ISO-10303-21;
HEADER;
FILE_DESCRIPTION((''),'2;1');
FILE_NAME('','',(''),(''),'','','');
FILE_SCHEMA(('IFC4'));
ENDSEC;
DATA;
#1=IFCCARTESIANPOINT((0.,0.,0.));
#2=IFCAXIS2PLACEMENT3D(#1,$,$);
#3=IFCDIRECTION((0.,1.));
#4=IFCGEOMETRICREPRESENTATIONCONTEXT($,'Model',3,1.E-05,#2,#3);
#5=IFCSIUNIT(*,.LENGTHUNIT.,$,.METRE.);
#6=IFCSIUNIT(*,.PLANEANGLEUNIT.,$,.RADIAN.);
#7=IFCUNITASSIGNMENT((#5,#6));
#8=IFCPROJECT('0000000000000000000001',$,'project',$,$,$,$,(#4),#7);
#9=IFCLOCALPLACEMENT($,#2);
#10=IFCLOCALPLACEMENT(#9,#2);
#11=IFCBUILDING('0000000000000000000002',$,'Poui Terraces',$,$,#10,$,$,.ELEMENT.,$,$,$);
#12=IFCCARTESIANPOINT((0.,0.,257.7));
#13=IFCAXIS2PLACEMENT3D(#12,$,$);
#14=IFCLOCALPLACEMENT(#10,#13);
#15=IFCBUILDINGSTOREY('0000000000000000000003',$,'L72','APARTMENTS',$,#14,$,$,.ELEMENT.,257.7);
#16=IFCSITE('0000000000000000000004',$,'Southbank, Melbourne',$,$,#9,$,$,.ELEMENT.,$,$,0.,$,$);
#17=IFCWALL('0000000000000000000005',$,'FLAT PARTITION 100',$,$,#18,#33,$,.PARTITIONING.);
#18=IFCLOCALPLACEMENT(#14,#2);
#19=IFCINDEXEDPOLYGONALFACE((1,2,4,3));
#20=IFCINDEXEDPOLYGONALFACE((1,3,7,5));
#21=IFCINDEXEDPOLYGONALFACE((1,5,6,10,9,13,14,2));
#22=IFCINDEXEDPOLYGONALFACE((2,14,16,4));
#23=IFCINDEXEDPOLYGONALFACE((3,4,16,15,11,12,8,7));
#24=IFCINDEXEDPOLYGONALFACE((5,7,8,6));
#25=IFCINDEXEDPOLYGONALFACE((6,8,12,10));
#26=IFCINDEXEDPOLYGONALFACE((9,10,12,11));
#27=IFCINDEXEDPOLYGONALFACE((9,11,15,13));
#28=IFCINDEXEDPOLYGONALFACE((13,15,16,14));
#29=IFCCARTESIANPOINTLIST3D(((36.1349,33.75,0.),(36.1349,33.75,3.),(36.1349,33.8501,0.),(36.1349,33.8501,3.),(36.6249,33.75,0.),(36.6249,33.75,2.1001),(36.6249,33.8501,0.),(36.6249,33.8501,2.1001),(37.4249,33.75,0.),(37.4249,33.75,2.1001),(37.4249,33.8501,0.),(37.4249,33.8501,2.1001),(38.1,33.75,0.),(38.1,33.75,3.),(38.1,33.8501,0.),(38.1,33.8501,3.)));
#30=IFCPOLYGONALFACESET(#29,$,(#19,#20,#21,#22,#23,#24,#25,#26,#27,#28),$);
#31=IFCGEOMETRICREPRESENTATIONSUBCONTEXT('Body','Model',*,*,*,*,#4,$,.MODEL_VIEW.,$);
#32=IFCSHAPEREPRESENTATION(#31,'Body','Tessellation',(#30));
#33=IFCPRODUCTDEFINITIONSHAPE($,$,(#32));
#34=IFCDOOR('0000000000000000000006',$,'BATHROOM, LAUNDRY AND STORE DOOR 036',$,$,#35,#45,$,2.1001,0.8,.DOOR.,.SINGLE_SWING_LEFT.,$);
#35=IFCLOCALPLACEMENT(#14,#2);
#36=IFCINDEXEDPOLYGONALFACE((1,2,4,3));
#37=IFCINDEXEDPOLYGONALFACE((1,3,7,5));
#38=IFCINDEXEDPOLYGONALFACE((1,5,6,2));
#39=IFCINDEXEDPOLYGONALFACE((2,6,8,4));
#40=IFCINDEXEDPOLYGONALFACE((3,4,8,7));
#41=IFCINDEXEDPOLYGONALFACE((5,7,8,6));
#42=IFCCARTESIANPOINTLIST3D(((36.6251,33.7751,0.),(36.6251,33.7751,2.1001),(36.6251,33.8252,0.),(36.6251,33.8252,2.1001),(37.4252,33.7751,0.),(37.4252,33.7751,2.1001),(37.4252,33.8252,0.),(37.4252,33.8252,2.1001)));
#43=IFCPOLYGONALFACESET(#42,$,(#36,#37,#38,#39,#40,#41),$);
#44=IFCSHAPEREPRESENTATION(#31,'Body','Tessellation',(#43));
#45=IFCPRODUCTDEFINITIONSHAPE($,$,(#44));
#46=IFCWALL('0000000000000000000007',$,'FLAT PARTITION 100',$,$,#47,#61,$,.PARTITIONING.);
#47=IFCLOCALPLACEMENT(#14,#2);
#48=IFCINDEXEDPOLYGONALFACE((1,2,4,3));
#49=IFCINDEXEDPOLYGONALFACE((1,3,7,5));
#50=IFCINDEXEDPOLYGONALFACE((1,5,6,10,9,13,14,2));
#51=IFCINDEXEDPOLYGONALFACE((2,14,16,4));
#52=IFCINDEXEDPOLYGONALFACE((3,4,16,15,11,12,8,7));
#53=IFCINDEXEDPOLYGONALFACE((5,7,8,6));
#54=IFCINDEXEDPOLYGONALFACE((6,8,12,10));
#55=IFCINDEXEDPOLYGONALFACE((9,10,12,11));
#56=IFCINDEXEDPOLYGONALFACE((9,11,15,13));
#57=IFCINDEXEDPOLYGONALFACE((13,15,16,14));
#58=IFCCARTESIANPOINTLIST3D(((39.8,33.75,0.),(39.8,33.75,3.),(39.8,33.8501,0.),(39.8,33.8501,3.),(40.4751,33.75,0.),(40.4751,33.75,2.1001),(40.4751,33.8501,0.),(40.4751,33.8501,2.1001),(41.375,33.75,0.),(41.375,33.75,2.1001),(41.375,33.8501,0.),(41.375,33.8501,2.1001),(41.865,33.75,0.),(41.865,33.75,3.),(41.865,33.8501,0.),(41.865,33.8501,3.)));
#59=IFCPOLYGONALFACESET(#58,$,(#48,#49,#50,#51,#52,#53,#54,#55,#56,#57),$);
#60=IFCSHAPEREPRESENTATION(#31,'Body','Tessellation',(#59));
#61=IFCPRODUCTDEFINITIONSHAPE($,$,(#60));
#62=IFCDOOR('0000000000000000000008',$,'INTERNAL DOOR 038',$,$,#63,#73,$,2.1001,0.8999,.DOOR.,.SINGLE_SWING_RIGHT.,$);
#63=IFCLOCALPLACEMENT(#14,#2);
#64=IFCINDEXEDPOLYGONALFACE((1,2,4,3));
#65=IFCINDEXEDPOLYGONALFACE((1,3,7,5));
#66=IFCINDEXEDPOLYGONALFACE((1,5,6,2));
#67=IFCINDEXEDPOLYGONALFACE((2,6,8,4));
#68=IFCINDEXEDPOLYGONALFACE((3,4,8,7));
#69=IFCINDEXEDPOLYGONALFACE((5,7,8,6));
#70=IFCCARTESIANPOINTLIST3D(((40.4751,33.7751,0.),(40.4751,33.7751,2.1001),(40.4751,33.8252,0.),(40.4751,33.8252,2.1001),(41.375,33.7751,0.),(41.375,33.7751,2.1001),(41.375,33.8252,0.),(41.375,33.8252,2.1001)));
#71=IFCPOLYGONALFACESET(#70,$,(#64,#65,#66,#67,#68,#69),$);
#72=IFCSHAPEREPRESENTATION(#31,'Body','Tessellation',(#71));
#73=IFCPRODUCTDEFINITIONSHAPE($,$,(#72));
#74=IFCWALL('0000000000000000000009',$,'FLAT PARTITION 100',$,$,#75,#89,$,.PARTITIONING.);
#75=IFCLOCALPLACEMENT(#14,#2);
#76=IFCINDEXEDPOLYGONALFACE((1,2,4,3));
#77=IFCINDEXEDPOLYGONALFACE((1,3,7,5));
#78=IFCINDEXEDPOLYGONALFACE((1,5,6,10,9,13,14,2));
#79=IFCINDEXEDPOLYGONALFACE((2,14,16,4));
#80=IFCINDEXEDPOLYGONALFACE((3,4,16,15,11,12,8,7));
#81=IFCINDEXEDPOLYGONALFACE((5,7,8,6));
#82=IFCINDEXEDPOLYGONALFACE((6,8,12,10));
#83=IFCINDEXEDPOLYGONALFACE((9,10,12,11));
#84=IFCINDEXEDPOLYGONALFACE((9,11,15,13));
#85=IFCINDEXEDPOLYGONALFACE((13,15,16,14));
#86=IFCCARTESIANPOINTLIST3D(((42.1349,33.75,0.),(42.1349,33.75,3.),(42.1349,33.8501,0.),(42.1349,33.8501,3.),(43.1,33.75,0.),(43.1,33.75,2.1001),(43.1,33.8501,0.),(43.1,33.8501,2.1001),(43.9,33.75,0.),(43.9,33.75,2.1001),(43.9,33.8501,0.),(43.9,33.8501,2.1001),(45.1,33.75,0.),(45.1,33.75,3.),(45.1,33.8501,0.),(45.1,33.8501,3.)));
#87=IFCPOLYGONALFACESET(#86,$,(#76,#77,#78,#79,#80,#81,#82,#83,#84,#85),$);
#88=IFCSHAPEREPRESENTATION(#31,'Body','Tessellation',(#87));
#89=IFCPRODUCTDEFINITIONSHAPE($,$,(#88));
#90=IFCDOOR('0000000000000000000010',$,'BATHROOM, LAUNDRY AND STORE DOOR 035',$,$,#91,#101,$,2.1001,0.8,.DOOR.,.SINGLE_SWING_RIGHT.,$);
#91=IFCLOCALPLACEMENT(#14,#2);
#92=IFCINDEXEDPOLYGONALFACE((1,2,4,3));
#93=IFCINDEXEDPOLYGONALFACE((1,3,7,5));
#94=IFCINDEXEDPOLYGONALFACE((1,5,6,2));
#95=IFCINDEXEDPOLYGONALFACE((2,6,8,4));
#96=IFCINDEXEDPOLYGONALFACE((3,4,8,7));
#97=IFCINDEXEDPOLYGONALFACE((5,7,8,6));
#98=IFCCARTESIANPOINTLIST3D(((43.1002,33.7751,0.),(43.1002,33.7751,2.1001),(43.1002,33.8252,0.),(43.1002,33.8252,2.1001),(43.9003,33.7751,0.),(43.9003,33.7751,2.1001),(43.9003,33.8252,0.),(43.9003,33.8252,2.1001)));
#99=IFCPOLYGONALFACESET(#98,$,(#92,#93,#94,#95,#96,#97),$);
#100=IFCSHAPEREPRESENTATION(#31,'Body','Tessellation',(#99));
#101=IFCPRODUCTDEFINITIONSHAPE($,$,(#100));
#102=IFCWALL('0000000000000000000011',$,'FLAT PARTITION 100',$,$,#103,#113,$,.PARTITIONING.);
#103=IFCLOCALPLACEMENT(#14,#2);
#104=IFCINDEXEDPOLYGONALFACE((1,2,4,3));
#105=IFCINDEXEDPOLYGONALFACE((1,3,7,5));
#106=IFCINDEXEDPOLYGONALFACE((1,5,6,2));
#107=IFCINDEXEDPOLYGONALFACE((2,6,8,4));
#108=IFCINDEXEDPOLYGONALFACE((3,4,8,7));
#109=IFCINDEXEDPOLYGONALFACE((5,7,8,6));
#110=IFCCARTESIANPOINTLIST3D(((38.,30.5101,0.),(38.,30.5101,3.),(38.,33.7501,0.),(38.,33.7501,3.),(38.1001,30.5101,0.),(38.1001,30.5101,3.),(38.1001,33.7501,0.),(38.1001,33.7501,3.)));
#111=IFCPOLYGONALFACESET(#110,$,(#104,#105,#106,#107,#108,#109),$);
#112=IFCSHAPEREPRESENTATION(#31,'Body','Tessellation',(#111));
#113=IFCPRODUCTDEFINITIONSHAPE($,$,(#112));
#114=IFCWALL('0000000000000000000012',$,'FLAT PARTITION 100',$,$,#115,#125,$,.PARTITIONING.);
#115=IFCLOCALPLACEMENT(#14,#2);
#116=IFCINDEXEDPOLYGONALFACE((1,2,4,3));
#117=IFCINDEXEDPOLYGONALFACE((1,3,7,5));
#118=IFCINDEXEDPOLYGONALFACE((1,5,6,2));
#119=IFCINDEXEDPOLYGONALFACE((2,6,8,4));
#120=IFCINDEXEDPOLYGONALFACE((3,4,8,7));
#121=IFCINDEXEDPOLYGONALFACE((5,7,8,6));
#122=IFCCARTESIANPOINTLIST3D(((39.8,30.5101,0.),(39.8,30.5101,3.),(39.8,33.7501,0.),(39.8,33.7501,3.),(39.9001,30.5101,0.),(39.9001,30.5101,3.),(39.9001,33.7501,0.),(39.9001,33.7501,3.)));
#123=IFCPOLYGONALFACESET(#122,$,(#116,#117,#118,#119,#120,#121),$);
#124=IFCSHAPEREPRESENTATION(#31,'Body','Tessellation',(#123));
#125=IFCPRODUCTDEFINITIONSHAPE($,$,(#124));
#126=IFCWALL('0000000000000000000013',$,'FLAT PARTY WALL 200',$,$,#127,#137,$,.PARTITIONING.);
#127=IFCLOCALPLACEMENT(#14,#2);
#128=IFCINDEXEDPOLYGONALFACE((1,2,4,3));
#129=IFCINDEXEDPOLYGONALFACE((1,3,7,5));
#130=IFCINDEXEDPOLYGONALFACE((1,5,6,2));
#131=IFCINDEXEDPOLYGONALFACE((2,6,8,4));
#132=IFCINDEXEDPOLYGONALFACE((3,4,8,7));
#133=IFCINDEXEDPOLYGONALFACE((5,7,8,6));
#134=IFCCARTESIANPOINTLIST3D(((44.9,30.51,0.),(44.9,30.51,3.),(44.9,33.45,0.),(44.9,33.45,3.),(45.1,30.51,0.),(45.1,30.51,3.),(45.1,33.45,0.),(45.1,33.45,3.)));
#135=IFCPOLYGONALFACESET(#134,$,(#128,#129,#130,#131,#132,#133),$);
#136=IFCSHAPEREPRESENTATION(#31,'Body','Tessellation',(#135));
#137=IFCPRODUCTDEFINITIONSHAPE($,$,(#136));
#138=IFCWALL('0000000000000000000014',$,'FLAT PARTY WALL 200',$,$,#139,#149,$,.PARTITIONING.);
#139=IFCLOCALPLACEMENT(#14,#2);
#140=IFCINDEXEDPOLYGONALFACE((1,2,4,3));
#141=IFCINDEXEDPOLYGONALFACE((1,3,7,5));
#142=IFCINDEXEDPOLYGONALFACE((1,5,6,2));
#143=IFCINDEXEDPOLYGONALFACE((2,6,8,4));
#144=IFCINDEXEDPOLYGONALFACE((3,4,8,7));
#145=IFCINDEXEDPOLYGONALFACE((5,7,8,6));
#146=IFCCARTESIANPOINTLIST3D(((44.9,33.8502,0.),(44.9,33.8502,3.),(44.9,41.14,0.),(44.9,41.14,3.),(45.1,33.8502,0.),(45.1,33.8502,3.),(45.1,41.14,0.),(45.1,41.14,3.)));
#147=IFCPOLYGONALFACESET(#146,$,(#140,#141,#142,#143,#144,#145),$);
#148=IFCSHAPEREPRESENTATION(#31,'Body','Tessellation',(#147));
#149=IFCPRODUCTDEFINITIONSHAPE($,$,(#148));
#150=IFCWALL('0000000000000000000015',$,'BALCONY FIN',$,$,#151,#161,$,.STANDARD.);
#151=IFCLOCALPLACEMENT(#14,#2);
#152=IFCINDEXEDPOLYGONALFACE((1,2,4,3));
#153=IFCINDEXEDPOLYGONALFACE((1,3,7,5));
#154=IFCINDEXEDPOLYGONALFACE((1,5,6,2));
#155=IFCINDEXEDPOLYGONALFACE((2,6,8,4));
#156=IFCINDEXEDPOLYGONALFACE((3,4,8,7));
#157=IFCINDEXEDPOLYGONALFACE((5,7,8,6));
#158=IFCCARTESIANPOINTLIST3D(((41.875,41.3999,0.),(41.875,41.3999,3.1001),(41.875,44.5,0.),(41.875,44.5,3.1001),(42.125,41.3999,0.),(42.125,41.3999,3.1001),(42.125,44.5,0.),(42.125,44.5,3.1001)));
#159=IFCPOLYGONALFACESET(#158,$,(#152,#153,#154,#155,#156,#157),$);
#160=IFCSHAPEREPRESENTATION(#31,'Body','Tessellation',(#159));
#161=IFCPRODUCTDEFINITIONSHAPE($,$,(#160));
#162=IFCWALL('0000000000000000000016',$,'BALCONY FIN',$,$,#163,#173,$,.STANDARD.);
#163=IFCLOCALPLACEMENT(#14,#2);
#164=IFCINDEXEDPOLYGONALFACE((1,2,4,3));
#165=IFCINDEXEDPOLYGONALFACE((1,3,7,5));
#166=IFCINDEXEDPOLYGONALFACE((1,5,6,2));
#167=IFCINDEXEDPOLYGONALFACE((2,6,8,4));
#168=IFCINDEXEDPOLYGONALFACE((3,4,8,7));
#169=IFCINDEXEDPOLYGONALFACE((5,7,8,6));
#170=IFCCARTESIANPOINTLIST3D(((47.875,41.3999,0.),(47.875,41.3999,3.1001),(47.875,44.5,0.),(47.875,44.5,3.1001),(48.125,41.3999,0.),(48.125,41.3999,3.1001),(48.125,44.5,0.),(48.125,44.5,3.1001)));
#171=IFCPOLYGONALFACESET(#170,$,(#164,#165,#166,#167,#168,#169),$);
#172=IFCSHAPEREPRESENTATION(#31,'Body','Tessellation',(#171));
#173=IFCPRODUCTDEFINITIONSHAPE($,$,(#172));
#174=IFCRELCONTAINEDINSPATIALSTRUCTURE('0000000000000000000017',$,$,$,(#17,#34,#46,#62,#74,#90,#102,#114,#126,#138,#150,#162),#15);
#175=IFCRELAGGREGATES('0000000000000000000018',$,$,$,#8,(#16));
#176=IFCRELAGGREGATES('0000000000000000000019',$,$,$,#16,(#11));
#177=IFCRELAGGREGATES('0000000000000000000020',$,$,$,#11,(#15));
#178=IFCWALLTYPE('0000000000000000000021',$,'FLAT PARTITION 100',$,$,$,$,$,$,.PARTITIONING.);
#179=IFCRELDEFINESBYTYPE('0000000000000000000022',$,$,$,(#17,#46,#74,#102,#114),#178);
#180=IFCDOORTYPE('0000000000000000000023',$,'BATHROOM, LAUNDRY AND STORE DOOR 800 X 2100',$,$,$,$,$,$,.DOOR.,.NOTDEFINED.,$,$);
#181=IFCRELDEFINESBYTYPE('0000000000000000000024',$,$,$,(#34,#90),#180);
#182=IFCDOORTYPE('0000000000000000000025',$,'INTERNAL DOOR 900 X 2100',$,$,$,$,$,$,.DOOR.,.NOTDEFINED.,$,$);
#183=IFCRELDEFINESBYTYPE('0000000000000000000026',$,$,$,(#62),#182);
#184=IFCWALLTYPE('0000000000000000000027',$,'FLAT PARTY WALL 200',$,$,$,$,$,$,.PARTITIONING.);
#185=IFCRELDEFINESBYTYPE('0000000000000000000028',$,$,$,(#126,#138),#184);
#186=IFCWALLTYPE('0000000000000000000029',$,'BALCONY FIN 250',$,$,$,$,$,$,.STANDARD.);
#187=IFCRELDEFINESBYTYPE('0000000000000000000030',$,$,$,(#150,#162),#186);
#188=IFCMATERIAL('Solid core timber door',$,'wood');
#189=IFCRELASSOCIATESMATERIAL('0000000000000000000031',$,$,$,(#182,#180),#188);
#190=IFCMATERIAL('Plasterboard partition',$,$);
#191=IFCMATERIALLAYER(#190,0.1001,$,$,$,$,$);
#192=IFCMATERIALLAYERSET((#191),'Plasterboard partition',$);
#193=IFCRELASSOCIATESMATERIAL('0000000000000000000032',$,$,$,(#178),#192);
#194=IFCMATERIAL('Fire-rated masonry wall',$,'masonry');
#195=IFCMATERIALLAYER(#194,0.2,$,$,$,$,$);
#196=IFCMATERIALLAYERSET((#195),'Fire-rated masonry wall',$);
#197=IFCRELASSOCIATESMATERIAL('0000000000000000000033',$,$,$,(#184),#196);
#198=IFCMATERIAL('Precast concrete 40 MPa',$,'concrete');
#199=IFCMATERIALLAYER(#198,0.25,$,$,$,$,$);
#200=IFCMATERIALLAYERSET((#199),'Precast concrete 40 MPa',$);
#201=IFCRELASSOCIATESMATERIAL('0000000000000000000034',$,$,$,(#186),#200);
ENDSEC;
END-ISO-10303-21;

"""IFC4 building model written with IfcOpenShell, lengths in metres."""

from ifc_helpers import new_model, si_unit, direction, frame, frame_2d, origin, place, context, subcontext, project, spatial, polyline, rectangle, outline, extrude, source, transform, mapped, material, layer, layer_set, type_object, element, fill, save


model = new_model("IFC4")

# Units and contexts
model_context = context("Model", 3, precision=1e-05, world=origin(), true_north=direction((0.0, 1.0)))
body_context = subcontext(model_context, "Body", "Model", "MODEL_VIEW")
ifc_project = project(units=[si_unit("LENGTHUNIT", "METRE"), si_unit("PLANEANGLEUNIT", "RADIAN")], contexts=[model_context])

# Site, building, storey
site_placement = place(None, origin())
site = spatial("IfcSite", under=ifc_project, at=site_placement, Name="Southbank, Melbourne", CompositionType="ELEMENT", RefElevation=0.0)
building_placement = place(site_placement, origin())
building = spatial("IfcBuilding", under=site, at=building_placement, Name="Poui Terraces", CompositionType="ELEMENT")
storey_placement = place(building_placement, frame((0.0, 0.0, 257.7)))
storey = spatial("IfcBuildingStorey", under=building, at=storey_placement, Name="L72", Description="APARTMENTS", CompositionType="ELEMENT", Elevation=257.7)

# Walls, openings, doors
ifc_material_1 = material(Name="Solid core timber door", Category="wood")
door_type_1 = type_object("IfcDoorType", Name="INTERNAL DOOR 900 X 2100", OperationType="NOTDEFINED", PredefinedType="DOOR", material=ifc_material_1)
ifc_material_2 = material(Name="Plasterboard partition")
ifc_layer_1 = layer(ifc_material_2, 0.1001)
ifc_layer_set_1 = layer_set([ifc_layer_1], Name="Plasterboard partition")
wall_type_1 = type_object("IfcWallType", Name="FLAT PARTITION 100", PredefinedType="PARTITIONING", material=ifc_layer_set_1)
door_type_2 = type_object("IfcDoorType", Name="BATHROOM, LAUNDRY AND STORE DOOR 800 X 2100", OperationType="NOTDEFINED", PredefinedType="DOOR", material=ifc_material_1)
wall_1_placement = place(storey_placement, frame((36.135, 33.8, 0.0), z_axis=(0.0, 0.0, 1.0), x_axis=(1.0, 0.0, 0.0)))
wall_1 = element("IfcWall", 1, at=wall_1_placement, inside=storey, type_object=wall_type_1, Name="FLAT PARTITION 100", PredefinedType="PARTITIONING", context=body_context, shape_type="SweptSolid", body=[
    extrude(rectangle(XDim=1.9651, YDim=0.1001, at=frame_2d((0.9824, 0.0))), origin(), (0.0, 0.0, 1.0), 3.0),
])
opening_1_placement = place(wall_1_placement, frame((0.49, 0.0, 0.0)))
opening_1 = element("IfcOpeningElement", 2, at=opening_1_placement, cuts=wall_1, PredefinedType="OPENING", context=body_context, shape_type="SweptSolid", body=[
    extrude(rectangle(XDim=0.8, YDim=2.1001, at=frame_2d((0.3999, 1.05))), frame((0.0, 0.0601, 0.0), z_axis=(0.0, -1.0, 0.0), x_axis=(1.0, 0.0, 0.0)), (0.0, 0.0, 1.0), 0.1201),
])
door_1_placement = place(opening_1_placement, frame((0.8, 0.0, 0.0), z_axis=(0.0, 0.0, 1.0), x_axis=(-1.0, 0.0, 0.0)))
door_1 = element("IfcDoor", 3, at=door_1_placement, inside=storey, type_object=door_type_2, Name="BATHROOM, LAUNDRY AND STORE DOOR 036", OperationType="SINGLE_SWING_LEFT", OverallHeight=2.1001, OverallWidth=0.8, PredefinedType="DOOR", context=body_context, shape_type="SweptSolid", body=[
    extrude(rectangle(XDim=0.8, YDim=2.1001, at=frame_2d((0.3999, 1.05))), frame((0.0, 0.0249, 0.0), z_axis=(0.0, -1.0, 0.0), x_axis=(1.0, 0.0, 0.0)), (0.0, 0.0, 1.0), 0.05),
])
fill(opening_1, door_1)
wall_2_placement = place(storey_placement, frame((39.8, 33.8, 0.0), z_axis=(0.0, 0.0, 1.0), x_axis=(1.0, 0.0, 0.0)))
wall_2 = element("IfcWall", 4, at=wall_2_placement, inside=storey, type_object=wall_type_1, Name="FLAT PARTITION 100", PredefinedType="PARTITIONING", context=body_context, shape_type="SweptSolid", body=[
    extrude(rectangle(XDim=2.0649, YDim=0.1001, at=frame_2d((1.0325, 0.0))), origin(), (0.0, 0.0, 1.0), 3.0),
])
opening_2_placement = place(wall_2_placement, frame((0.675, 0.0, 0.0)))
opening_2 = element("IfcOpeningElement", 5, at=opening_2_placement, cuts=wall_2, PredefinedType="OPENING", context=body_context, shape_type="SweptSolid", body=[
    extrude(rectangle(XDim=0.8999, YDim=2.1001, at=frame_2d((0.45, 1.05))), frame((0.0, 0.0601, 0.0), z_axis=(0.0, -1.0, 0.0), x_axis=(1.0, 0.0, 0.0)), (0.0, 0.0, 1.0), 0.1201),
])
door_2_placement = place(opening_2_placement, frame((0.8999, 0.0, 0.0), z_axis=(0.0, 0.0, 1.0), x_axis=(-1.0, 0.0, 0.0)))
door_2 = element("IfcDoor", 6, at=door_2_placement, inside=storey, type_object=door_type_1, Name="INTERNAL DOOR 038", OperationType="SINGLE_SWING_RIGHT", OverallHeight=2.1001, OverallWidth=0.8999, PredefinedType="DOOR", context=body_context, shape_type="SweptSolid", body=[
    extrude(rectangle(XDim=0.8999, YDim=2.1001, at=frame_2d((0.45, 1.05))), frame((0.0, 0.0249, 0.0), z_axis=(0.0, -1.0, 0.0), x_axis=(1.0, 0.0, 0.0)), (0.0, 0.0, 1.0), 0.05),
])
fill(opening_2, door_2)
wall_3_placement = place(storey_placement, frame((42.135, 33.8, 0.0), z_axis=(0.0, 0.0, 1.0), x_axis=(1.0, 0.0, 0.0)))
wall_3 = element("IfcWall", 7, at=wall_3_placement, inside=storey, type_object=wall_type_1, Name="FLAT PARTITION 100", PredefinedType="PARTITIONING", context=body_context, shape_type="SweptSolid", body=[
    extrude(rectangle(XDim=2.9651, YDim=0.1001, at=frame_2d((1.4824, 0.0))), origin(), (0.0, 0.0, 1.0), 3.0),
])
opening_3_placement = place(wall_3_placement, frame((0.9651, 0.0, 0.0)))
opening_3 = element("IfcOpeningElement", 8, at=opening_3_placement, cuts=wall_3, PredefinedType="OPENING", context=body_context, shape_type="SweptSolid", body=[
    extrude(rectangle(XDim=0.8, YDim=2.1001, at=frame_2d((0.3999, 1.05))), frame((0.0, 0.0601, 0.0), z_axis=(0.0, -1.0, 0.0), x_axis=(1.0, 0.0, 0.0)), (0.0, 0.0, 1.0), 0.1201),
])
door_3_placement = place(opening_3_placement, frame((0.8, 0.0, 0.0), z_axis=(0.0, 0.0, 1.0), x_axis=(-1.0, 0.0, 0.0)))
door_3 = element("IfcDoor", 9, at=door_3_placement, inside=storey, type_object=door_type_2, Name="BATHROOM, LAUNDRY AND STORE DOOR 035", OperationType="SINGLE_SWING_RIGHT", OverallHeight=2.1001, OverallWidth=0.8, PredefinedType="DOOR", context=body_context, shape_type="SweptSolid", body=[
    extrude(rectangle(XDim=0.8, YDim=2.1001, at=frame_2d((0.3999, 1.05))), frame((0.0, 0.0249, 0.0), z_axis=(0.0, -1.0, 0.0), x_axis=(1.0, 0.0, 0.0)), (0.0, 0.0, 1.0), 0.05),
])
fill(opening_3, door_3)

# Walls
for number, where, z_axis, x_axis, name in (
    (10, (38.05, 30.51, 0.0), (0.0, 0.0, 1.0), (0.0, 1.0, 0.0), "FLAT PARTITION 100"),
    (11, (39.8501, 30.51, 0.0), (0.0, 0.0, 1.0), (0.0, 1.0, 0.0), "FLAT PARTITION 100"),
):
    element("IfcWall", number, at=place(storey_placement, frame(where, z_axis=z_axis, x_axis=x_axis)), inside=storey, type_object=wall_type_1, Name=name, PredefinedType="PARTITIONING", context=body_context, shape_type="SweptSolid", body=[
        extrude(rectangle(XDim=3.24, YDim=0.1001, at=frame_2d((1.6201, 0.0))), origin(), (0.0, 0.0, 1.0), 3.0),
    ])
ifc_material_3 = material(Name="Fire-rated masonry wall", Category="masonry")
ifc_layer_2 = layer(ifc_material_3, 0.2)
ifc_layer_set_2 = layer_set([ifc_layer_2], Name="Fire-rated masonry wall")
wall_type_2 = type_object("IfcWallType", Name="FLAT PARTY WALL 200", PredefinedType="PARTITIONING", material=ifc_layer_set_2)
wall_4_placement = place(storey_placement, frame((45.0, 30.51, 0.0), z_axis=(0.0, 0.0, 1.0), x_axis=(0.0, 1.0, 0.0)))
element("IfcWall", 12, at=wall_4_placement, inside=storey, type_object=wall_type_2, Name="FLAT PARTY WALL 200", PredefinedType="PARTITIONING", context=body_context, shape_type="SweptSolid", body=[
    extrude(rectangle(XDim=2.9399, YDim=0.2, at=frame_2d((1.47, 0.0))), origin(), (0.0, 0.0, 1.0), 3.0),
])
wall_5_placement = place(storey_placement, frame((45.0, 33.8501, 0.0), z_axis=(0.0, 0.0, 1.0), x_axis=(0.0, 1.0, 0.0)))
element("IfcWall", 13, at=wall_5_placement, inside=storey, type_object=wall_type_2, Name="FLAT PARTY WALL 200", PredefinedType="PARTITIONING", context=body_context, shape_type="SweptSolid", body=[
    extrude(rectangle(XDim=7.2898, YDim=0.2, at=frame_2d((3.645, 0.0))), origin(), (0.0, 0.0, 1.0), 3.0),
])
ifc_material_4 = material(Name="Precast concrete 40 MPa", Category="concrete")
ifc_layer_3 = layer(ifc_material_4, 0.25)
ifc_layer_set_3 = layer_set([ifc_layer_3], Name="Precast concrete 40 MPa")
wall_type_3 = type_object("IfcWallType", Name="BALCONY FIN 250", PredefinedType="STANDARD", material=ifc_layer_set_3)
shared_shape_1 = source(origin(), body_context, "Body", "SweptSolid", [
    extrude(outline(polyline([(0.0, 0.0), (0.25, 0.0), (0.25, 3.1001), (0.0, 3.1001), (0.0, 0.0)])), origin(), (0.0, 0.0, 1.0), 3.1001),
])
for number, where, name in (
    (14, (41.875, 41.3999, 0.0), "BALCONY FIN"),
    (15, (47.875, 41.3999, 0.0), "BALCONY FIN"),
):
    element("IfcWall", number, at=place(storey_placement, frame(where)), inside=storey, type_object=wall_type_3, Name=name, PredefinedType="STANDARD", context=body_context, shape_type="MappedRepresentation", body=[
        mapped(shared_shape_1, transform((0.0, 0.0, 0.0))),
    ])

save(model, "model.ifc")
